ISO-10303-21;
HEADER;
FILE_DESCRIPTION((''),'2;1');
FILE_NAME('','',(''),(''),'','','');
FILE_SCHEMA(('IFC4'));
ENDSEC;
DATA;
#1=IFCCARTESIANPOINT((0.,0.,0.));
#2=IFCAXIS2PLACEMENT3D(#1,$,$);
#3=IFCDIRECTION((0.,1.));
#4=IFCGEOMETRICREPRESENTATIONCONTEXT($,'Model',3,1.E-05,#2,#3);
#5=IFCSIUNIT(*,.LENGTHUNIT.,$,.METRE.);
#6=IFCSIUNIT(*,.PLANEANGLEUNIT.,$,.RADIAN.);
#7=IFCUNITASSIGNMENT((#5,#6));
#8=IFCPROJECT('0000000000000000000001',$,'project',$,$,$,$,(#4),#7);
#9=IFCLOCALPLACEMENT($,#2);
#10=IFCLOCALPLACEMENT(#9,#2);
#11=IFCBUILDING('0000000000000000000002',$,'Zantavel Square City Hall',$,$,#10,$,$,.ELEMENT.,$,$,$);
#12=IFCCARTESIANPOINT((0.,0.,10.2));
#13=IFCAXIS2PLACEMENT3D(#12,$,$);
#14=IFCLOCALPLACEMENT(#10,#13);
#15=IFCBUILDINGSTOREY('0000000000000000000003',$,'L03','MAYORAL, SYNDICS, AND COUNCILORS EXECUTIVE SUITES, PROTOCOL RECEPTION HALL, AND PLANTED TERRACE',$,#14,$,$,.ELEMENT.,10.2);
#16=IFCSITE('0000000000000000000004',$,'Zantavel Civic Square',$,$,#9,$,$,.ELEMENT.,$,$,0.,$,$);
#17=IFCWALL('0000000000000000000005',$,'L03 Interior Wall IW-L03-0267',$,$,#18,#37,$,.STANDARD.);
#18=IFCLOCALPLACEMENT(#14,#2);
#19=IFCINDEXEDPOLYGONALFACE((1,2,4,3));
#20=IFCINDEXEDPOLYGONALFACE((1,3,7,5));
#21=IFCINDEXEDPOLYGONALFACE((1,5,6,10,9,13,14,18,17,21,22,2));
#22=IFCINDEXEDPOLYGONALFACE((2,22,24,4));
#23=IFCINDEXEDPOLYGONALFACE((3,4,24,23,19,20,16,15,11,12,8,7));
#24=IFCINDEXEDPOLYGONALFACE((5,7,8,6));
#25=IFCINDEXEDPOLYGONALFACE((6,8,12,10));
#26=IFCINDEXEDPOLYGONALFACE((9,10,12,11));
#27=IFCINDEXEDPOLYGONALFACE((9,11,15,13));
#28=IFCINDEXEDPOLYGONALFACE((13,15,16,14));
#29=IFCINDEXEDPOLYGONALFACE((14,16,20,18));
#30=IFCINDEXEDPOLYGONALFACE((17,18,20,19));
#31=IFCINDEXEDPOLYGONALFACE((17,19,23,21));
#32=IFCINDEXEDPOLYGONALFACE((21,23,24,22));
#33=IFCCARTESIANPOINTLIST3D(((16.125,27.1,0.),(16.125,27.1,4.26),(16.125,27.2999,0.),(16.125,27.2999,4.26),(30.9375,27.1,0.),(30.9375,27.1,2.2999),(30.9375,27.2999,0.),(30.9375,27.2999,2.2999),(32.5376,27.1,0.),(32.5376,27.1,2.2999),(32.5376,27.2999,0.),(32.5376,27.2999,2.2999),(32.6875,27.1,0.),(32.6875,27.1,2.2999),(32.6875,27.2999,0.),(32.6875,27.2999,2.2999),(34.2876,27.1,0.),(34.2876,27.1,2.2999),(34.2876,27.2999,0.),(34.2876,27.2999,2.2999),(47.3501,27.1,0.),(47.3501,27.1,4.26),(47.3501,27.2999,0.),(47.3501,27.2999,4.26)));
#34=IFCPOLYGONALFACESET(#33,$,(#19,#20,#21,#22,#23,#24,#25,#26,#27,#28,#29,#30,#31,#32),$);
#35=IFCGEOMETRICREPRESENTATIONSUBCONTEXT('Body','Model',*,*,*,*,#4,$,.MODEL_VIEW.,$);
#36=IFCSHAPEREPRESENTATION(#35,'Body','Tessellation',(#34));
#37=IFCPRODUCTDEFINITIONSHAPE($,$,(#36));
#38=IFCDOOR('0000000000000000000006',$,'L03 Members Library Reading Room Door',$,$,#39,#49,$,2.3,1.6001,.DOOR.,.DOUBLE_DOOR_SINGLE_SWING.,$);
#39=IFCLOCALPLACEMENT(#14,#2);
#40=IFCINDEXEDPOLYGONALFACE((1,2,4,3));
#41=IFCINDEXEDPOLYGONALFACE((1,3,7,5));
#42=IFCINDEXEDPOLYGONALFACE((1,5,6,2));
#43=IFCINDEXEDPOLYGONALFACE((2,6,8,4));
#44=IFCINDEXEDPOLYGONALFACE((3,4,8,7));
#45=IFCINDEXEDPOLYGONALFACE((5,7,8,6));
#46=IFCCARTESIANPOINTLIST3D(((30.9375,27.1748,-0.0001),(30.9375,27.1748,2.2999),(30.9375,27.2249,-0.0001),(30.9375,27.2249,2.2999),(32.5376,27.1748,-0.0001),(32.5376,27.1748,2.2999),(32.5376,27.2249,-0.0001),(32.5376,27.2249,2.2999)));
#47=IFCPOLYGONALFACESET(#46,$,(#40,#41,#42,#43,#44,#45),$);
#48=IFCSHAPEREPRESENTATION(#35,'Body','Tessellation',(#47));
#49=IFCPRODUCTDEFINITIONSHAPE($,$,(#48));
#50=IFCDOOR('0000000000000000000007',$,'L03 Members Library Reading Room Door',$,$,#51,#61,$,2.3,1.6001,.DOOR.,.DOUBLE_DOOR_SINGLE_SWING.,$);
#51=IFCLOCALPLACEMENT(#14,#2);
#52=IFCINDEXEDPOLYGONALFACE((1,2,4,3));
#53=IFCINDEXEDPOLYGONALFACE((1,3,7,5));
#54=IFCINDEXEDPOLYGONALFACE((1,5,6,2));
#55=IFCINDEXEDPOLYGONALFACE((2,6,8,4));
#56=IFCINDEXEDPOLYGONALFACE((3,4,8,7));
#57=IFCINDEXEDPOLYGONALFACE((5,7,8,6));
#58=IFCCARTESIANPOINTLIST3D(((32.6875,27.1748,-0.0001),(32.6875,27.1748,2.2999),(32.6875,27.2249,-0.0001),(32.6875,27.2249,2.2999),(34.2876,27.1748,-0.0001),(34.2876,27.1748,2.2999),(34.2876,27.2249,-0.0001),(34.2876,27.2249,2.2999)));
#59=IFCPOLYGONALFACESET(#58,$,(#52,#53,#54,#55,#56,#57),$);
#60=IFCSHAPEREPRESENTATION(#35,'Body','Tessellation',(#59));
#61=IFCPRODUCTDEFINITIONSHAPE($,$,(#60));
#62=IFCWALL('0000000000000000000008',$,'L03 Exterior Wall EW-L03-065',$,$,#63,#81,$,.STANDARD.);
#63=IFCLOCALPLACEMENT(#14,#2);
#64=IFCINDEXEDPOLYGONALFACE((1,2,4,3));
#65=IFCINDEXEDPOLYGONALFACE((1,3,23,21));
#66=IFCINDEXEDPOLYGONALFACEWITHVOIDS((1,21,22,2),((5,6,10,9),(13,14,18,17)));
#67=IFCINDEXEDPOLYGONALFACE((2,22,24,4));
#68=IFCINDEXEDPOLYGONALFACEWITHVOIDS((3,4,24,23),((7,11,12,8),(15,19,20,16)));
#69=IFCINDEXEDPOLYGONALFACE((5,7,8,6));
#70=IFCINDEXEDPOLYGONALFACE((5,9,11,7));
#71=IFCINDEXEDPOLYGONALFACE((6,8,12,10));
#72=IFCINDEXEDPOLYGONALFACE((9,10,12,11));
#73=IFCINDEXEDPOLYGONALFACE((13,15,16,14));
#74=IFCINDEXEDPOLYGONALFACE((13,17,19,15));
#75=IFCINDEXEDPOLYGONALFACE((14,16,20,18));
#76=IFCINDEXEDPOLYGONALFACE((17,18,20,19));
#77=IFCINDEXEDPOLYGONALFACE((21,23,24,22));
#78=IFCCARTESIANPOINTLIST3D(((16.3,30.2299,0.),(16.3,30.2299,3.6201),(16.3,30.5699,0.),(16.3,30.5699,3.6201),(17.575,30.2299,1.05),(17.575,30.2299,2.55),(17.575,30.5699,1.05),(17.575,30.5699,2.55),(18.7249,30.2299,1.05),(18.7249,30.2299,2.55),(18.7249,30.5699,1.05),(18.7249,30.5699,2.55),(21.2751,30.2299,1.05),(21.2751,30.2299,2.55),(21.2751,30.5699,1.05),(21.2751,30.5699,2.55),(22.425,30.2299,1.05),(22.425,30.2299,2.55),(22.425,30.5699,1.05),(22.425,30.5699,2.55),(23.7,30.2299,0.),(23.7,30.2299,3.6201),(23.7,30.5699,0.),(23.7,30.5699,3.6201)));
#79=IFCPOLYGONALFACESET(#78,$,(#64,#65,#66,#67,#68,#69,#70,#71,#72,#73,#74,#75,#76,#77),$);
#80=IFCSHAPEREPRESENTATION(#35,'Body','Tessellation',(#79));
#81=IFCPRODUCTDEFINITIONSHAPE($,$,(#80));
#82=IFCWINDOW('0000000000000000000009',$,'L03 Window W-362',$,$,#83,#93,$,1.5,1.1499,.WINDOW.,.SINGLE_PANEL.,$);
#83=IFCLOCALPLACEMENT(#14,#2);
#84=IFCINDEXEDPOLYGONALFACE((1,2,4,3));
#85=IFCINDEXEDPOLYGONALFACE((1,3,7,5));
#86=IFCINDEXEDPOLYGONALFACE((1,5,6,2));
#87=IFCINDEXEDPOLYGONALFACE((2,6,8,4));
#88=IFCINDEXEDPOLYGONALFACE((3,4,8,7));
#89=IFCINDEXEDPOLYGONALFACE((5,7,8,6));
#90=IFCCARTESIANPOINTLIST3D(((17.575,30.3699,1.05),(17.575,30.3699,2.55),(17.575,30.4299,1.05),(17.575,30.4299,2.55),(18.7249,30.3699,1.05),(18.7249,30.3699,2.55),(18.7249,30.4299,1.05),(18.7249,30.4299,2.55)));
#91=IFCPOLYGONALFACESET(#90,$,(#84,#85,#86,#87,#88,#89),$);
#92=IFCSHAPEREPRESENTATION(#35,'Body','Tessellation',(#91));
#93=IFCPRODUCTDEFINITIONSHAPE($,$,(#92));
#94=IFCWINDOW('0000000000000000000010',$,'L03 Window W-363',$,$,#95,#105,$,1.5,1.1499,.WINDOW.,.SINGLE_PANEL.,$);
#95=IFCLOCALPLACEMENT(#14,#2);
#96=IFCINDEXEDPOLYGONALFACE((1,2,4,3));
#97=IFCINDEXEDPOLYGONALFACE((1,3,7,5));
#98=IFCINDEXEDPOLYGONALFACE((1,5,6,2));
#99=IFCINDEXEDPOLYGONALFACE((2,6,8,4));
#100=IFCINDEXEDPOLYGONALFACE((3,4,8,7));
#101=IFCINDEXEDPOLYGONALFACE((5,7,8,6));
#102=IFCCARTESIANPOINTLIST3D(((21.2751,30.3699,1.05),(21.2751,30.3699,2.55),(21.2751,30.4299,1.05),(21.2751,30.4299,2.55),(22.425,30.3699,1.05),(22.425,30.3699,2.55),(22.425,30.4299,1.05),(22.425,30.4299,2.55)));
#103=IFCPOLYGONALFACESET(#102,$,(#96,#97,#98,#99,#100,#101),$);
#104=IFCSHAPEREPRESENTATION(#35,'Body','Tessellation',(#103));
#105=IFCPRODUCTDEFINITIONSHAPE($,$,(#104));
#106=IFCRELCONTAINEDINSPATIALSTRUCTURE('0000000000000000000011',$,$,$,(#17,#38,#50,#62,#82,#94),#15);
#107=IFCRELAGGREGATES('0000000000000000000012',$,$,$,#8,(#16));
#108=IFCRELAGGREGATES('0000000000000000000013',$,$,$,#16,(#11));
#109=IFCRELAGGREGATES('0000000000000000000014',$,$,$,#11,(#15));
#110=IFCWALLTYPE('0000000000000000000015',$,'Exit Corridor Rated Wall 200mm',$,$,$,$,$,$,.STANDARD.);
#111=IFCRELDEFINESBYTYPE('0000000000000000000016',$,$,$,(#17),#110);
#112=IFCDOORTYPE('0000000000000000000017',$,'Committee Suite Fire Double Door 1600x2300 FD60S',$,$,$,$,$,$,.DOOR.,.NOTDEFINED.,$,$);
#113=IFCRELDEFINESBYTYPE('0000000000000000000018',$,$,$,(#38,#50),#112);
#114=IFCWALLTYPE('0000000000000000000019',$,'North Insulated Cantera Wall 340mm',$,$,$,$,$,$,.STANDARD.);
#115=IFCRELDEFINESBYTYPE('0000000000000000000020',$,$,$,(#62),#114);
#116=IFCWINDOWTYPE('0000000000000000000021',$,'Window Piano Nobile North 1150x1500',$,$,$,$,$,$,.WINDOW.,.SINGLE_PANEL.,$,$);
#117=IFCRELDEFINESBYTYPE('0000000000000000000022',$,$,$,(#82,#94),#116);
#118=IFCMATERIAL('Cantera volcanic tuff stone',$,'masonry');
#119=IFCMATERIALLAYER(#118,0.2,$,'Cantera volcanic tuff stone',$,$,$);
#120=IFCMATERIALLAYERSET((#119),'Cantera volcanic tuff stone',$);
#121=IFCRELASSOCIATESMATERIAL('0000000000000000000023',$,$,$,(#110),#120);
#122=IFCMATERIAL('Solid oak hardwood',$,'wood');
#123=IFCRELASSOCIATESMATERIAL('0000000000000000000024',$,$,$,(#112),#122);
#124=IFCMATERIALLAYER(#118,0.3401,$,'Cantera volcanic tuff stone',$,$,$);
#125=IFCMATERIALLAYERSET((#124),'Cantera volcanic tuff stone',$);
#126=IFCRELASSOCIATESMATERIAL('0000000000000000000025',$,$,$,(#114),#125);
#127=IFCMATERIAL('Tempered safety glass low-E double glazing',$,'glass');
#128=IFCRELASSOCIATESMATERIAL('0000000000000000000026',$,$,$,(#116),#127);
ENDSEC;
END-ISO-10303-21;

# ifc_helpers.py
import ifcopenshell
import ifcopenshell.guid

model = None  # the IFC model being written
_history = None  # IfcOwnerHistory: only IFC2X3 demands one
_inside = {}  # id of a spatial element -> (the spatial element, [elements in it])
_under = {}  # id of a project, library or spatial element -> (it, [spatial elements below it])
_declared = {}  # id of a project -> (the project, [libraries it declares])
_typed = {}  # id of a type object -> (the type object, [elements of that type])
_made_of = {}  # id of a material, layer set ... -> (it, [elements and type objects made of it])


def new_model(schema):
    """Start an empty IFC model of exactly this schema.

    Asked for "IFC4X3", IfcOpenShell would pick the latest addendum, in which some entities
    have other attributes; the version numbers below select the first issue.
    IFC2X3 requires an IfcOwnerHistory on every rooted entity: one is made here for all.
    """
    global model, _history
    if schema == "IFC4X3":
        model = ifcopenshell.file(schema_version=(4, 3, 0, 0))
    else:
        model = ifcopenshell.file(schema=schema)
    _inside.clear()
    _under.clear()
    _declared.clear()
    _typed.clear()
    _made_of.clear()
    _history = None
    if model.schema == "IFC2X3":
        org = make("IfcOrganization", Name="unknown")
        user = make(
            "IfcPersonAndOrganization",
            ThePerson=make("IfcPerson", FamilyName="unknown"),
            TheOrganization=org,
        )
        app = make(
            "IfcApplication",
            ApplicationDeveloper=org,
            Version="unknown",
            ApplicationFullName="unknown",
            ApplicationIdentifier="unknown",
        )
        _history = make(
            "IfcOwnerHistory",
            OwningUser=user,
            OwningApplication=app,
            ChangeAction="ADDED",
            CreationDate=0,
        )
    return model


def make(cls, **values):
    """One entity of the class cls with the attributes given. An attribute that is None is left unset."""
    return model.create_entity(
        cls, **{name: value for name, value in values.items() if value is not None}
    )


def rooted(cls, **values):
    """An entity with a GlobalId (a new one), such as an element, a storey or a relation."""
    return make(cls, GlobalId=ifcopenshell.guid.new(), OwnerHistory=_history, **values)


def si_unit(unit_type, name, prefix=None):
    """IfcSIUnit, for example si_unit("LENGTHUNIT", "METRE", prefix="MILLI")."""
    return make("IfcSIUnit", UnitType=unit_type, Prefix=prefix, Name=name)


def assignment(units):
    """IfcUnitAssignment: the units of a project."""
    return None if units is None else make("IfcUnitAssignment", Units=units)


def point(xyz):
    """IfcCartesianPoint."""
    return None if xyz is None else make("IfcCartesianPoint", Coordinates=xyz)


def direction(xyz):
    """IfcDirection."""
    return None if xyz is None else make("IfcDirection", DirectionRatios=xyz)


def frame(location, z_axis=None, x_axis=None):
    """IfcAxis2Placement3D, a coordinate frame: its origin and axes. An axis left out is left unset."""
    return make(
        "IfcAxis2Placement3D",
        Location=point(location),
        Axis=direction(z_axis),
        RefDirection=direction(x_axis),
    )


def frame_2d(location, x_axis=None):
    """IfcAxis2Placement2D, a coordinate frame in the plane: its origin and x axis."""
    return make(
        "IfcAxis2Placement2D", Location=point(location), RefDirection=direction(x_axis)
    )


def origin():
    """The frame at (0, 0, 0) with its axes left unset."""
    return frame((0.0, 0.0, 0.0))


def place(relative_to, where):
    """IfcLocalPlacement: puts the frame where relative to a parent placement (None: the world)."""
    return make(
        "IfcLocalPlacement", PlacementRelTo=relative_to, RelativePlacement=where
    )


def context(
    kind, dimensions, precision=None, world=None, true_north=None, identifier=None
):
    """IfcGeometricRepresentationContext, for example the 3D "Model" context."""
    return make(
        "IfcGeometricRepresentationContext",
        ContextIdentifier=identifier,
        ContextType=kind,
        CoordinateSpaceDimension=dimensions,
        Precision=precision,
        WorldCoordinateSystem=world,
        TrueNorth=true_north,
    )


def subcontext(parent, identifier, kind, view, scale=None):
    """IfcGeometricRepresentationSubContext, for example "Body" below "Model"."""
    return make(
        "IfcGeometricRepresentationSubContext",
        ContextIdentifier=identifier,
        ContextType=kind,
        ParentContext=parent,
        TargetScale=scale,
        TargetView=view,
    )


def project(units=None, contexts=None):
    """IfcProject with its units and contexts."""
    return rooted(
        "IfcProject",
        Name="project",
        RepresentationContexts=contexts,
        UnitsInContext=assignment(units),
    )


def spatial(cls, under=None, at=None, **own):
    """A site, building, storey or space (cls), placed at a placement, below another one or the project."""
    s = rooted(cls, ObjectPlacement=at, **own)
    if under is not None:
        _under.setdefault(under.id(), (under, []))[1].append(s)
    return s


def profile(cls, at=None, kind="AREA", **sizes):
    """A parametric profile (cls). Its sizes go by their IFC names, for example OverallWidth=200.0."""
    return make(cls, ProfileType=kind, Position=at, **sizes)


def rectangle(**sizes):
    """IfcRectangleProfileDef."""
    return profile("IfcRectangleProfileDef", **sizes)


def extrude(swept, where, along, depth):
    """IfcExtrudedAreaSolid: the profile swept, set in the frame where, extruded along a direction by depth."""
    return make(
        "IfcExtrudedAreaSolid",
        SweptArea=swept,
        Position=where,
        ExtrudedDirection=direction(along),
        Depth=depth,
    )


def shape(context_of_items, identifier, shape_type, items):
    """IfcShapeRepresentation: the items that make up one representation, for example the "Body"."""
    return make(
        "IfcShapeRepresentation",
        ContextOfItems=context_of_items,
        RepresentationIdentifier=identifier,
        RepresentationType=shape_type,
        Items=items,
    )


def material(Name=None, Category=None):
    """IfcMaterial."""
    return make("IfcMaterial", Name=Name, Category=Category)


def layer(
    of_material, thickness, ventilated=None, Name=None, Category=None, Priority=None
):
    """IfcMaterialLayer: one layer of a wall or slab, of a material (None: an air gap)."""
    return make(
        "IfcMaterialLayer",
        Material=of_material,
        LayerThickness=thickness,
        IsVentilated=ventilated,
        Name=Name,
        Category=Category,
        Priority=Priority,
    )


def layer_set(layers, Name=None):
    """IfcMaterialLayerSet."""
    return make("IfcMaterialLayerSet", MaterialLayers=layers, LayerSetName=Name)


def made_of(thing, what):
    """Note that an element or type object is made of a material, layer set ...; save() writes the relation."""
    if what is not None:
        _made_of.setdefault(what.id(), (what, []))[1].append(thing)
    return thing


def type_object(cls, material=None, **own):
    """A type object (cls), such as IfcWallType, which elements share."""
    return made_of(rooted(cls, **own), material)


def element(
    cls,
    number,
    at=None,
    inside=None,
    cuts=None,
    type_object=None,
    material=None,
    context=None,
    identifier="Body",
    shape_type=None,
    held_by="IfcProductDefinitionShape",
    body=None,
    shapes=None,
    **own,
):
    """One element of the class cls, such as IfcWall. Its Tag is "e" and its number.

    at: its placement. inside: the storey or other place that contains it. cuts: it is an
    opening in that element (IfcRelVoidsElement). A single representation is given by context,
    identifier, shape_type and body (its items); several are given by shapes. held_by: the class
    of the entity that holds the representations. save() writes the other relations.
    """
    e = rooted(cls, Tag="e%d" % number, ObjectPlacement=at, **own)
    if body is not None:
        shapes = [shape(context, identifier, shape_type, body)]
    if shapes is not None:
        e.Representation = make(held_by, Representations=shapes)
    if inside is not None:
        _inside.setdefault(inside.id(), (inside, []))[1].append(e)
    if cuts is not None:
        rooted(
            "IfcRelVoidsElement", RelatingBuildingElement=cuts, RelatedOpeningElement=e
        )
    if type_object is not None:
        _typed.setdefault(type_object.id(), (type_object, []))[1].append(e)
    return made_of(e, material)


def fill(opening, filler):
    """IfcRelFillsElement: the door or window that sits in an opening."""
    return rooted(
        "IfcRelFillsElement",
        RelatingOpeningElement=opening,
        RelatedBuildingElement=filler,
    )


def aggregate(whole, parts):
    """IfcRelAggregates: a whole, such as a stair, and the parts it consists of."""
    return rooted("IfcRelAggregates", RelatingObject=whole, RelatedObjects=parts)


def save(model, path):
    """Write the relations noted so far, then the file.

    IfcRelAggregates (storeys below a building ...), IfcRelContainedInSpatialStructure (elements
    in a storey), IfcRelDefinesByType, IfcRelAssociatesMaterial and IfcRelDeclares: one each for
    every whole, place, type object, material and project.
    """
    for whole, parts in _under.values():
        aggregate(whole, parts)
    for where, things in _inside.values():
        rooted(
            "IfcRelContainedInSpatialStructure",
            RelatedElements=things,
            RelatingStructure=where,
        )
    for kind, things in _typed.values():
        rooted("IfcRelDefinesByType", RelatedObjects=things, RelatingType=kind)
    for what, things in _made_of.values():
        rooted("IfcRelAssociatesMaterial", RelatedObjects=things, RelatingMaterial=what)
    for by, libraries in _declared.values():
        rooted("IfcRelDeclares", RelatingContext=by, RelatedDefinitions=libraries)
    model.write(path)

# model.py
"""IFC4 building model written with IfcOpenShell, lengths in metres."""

from ifc_helpers import new_model, si_unit, direction, frame, frame_2d, origin, place, context, subcontext, project, spatial, rectangle, extrude, material, layer, layer_set, type_object, element, fill, save


model = new_model("IFC4")

# Units and contexts
model_context = context("Model", 3, precision=1e-05, world=origin(), true_north=direction((0.0, 1.0)))
body_context = subcontext(model_context, "Body", "Model", "MODEL_VIEW")
ifc_project = project(units=[si_unit("LENGTHUNIT", "METRE"), si_unit("PLANEANGLEUNIT", "RADIAN")], contexts=[model_context])

# Site, building, storey
site_placement = place(None, origin())
site = spatial("IfcSite", under=ifc_project, at=site_placement, Name="Zantavel Civic Square", CompositionType="ELEMENT", RefElevation=0.0)
building_placement = place(site_placement, origin())
building = spatial("IfcBuilding", under=site, at=building_placement, Name="Zantavel Square City Hall", CompositionType="ELEMENT")
storey_placement = place(building_placement, frame((0.0, 0.0, 10.2)))
storey = spatial("IfcBuildingStorey", under=building, at=storey_placement, Name="L03", Description="MAYORAL, SYNDICS, AND COUNCILORS EXECUTIVE SUITES, PROTOCOL RECEPTION HALL, AND PLANTED TERRACE", CompositionType="ELEMENT", Elevation=10.2)

# Wall, openings, doors
ifc_material_1 = material(Name="Cantera volcanic tuff stone", Category="masonry")
ifc_layer_1 = layer(ifc_material_1, 0.2, Name="Cantera volcanic tuff stone")
ifc_layer_set_1 = layer_set([ifc_layer_1], Name="Cantera volcanic tuff stone")
wall_type_1 = type_object("IfcWallType", Name="Exit Corridor Rated Wall 200mm", PredefinedType="STANDARD", material=ifc_layer_set_1)
wall_1_placement = place(storey_placement, frame((16.125, 27.2, 0.0), z_axis=(0.0, 0.0, 1.0), x_axis=(1.0, 0.0, 0.0)))
wall_1 = element("IfcWall", 1, at=wall_1_placement, inside=storey, type_object=wall_type_1, Name="L03 Interior Wall IW-L03-0267", PredefinedType="STANDARD", context=body_context, shape_type="SweptSolid", body=[
    extrude(rectangle(XDim=31.2251, YDim=0.2, at=frame_2d((15.6125, 0.0))), origin(), (0.0, 0.0, 1.0), 4.26),
])
opening_1_placement = place(wall_1_placement, frame((14.8125, 0.0, 0.0)))
opening_1 = element("IfcOpeningElement", 2, at=opening_1_placement, cuts=wall_1, PredefinedType="OPENING", context=body_context, shape_type="SweptSolid", body=[
    extrude(rectangle(XDim=1.6001, YDim=2.3, at=frame_2d((0.8, 1.1499))), frame((0.0, 0.1099, 0.0), z_axis=(0.0, -1.0, 0.0), x_axis=(1.0, 0.0, 0.0)), (0.0, 0.0, 1.0), 0.22),
])
opening_2_placement = place(wall_1_placement, frame((16.5625, 0.0, 0.0)))
opening_2 = element("IfcOpeningElement", 3, at=opening_2_placement, cuts=wall_1, PredefinedType="OPENING", context=body_context, shape_type="SweptSolid", body=[
    extrude(rectangle(XDim=1.6001, YDim=2.3, at=frame_2d((0.8, 1.1499))), frame((0.0, 0.1099, 0.0), z_axis=(0.0, -1.0, 0.0), x_axis=(1.0, 0.0, 0.0)), (0.0, 0.0, 1.0), 0.22),
])
ifc_material_2 = material(Name="Solid oak hardwood", Category="wood")
door_type = type_object("IfcDoorType", Name="Committee Suite Fire Double Door 1600x2300 FD60S", OperationType="NOTDEFINED", PredefinedType="DOOR", material=ifc_material_2)
door_1_placement = place(opening_1_placement, origin())
door_1 = element("IfcDoor", 4, at=door_1_placement, inside=storey, type_object=door_type, Name="L03 Members Library Reading Room Door", OperationType="DOUBLE_DOOR_SINGLE_SWING", OverallHeight=2.3, OverallWidth=1.6001, PredefinedType="DOOR", context=body_context, shape_type="SweptSolid", body=[
    extrude(rectangle(XDim=1.6001, YDim=2.3, at=frame_2d((0.8, 1.1499))), frame((0.0, 0.0249, 0.0), z_axis=(0.0, -1.0, 0.0), x_axis=(1.0, 0.0, 0.0)), (0.0, 0.0, 1.0), 0.05),
])
fill(opening_1, door_1)
door_2_placement = place(opening_2_placement, origin())
door_2 = element("IfcDoor", 5, at=door_2_placement, inside=storey, type_object=door_type, Name="L03 Members Library Reading Room Door", OperationType="DOUBLE_DOOR_SINGLE_SWING", OverallHeight=2.3, OverallWidth=1.6001, PredefinedType="DOOR", context=body_context, shape_type="SweptSolid", body=[
    extrude(rectangle(XDim=1.6001, YDim=2.3, at=frame_2d((0.8, 1.1499))), frame((0.0, 0.0249, 0.0), z_axis=(0.0, -1.0, 0.0), x_axis=(1.0, 0.0, 0.0)), (0.0, 0.0, 1.0), 0.05),
])
fill(opening_2, door_2)

# Wall, openings, windows
ifc_layer_2 = layer(ifc_material_1, 0.3401, Name="Cantera volcanic tuff stone")
ifc_layer_set_2 = layer_set([ifc_layer_2], Name="Cantera volcanic tuff stone")
wall_type_2 = type_object("IfcWallType", Name="North Insulated Cantera Wall 340mm", PredefinedType="STANDARD", material=ifc_layer_set_2)
wall_2_placement = place(storey_placement, frame((16.3, 30.3999, 0.0), z_axis=(0.0, 0.0, 1.0), x_axis=(1.0, 0.0, 0.0)))
wall_2 = element("IfcWall", 6, at=wall_2_placement, inside=storey, type_object=wall_type_2, Name="L03 Exterior Wall EW-L03-065", PredefinedType="STANDARD", context=body_context, shape_type="SweptSolid", body=[
    extrude(rectangle(XDim=7.3999, YDim=0.3401, at=frame_2d((3.7, 0.0))), origin(), (0.0, 0.0, 1.0), 3.6201),
])
opening_3_placement = place(wall_2_placement, frame((1.2749, 0.0, 1.05)))
opening_3 = element("IfcOpeningElement", 7, at=opening_3_placement, cuts=wall_2, PredefinedType="OPENING", context=body_context, shape_type="SweptSolid", body=[
    extrude(rectangle(XDim=1.1499, YDim=1.5, at=frame_2d((0.575, 0.75))), frame((0.0, 0.1799, 0.0), z_axis=(0.0, -1.0, 0.0), x_axis=(1.0, 0.0, 0.0)), (0.0, 0.0, 1.0), 0.3601),
])
opening_4_placement = place(wall_2_placement, frame((4.9751, 0.0, 1.05)))
opening_4 = element("IfcOpeningElement", 8, at=opening_4_placement, cuts=wall_2, PredefinedType="OPENING", context=body_context, shape_type="SweptSolid", body=[
    extrude(rectangle(XDim=1.1499, YDim=1.5, at=frame_2d((0.575, 0.75))), frame((0.0, 0.1799, 0.0), z_axis=(0.0, -1.0, 0.0), x_axis=(1.0, 0.0, 0.0)), (0.0, 0.0, 1.0), 0.3601),
])
ifc_material_3 = material(Name="Tempered safety glass low-E double glazing", Category="glass")
window_type = type_object("IfcWindowType", Name="Window Piano Nobile North 1150x1500", PartitioningType="SINGLE_PANEL", PredefinedType="WINDOW", material=ifc_material_3)
window_1_placement = place(opening_3_placement, origin())
window_1 = element("IfcWindow", 9, at=window_1_placement, inside=storey, type_object=window_type, Name="L03 Window W-362", OverallHeight=1.5, OverallWidth=1.1499, PartitioningType="SINGLE_PANEL", PredefinedType="WINDOW", context=body_context, shape_type="SweptSolid", body=[
    extrude(rectangle(XDim=1.1499, YDim=1.5, at=frame_2d((0.575, 0.75))), frame((0.0, 0.03, 0.0), z_axis=(0.0, -1.0, 0.0), x_axis=(1.0, 0.0, 0.0)), (0.0, 0.0, 1.0), 0.0601),
])
fill(opening_3, window_1)
window_2_placement = place(opening_4_placement, origin())
window_2 = element("IfcWindow", 10, at=window_2_placement, inside=storey, type_object=window_type, Name="L03 Window W-363", OverallHeight=1.5, OverallWidth=1.1499, PartitioningType="SINGLE_PANEL", PredefinedType="WINDOW", context=body_context, shape_type="SweptSolid", body=[
    extrude(rectangle(XDim=1.1499, YDim=1.5, at=frame_2d((0.575, 0.75))), frame((0.0, 0.03, 0.0), z_axis=(0.0, -1.0, 0.0), x_axis=(1.0, 0.0, 0.0)), (0.0, 0.0, 1.0), 0.0601),
])
fill(opening_4, window_2)

save(model, "model.ifc")
